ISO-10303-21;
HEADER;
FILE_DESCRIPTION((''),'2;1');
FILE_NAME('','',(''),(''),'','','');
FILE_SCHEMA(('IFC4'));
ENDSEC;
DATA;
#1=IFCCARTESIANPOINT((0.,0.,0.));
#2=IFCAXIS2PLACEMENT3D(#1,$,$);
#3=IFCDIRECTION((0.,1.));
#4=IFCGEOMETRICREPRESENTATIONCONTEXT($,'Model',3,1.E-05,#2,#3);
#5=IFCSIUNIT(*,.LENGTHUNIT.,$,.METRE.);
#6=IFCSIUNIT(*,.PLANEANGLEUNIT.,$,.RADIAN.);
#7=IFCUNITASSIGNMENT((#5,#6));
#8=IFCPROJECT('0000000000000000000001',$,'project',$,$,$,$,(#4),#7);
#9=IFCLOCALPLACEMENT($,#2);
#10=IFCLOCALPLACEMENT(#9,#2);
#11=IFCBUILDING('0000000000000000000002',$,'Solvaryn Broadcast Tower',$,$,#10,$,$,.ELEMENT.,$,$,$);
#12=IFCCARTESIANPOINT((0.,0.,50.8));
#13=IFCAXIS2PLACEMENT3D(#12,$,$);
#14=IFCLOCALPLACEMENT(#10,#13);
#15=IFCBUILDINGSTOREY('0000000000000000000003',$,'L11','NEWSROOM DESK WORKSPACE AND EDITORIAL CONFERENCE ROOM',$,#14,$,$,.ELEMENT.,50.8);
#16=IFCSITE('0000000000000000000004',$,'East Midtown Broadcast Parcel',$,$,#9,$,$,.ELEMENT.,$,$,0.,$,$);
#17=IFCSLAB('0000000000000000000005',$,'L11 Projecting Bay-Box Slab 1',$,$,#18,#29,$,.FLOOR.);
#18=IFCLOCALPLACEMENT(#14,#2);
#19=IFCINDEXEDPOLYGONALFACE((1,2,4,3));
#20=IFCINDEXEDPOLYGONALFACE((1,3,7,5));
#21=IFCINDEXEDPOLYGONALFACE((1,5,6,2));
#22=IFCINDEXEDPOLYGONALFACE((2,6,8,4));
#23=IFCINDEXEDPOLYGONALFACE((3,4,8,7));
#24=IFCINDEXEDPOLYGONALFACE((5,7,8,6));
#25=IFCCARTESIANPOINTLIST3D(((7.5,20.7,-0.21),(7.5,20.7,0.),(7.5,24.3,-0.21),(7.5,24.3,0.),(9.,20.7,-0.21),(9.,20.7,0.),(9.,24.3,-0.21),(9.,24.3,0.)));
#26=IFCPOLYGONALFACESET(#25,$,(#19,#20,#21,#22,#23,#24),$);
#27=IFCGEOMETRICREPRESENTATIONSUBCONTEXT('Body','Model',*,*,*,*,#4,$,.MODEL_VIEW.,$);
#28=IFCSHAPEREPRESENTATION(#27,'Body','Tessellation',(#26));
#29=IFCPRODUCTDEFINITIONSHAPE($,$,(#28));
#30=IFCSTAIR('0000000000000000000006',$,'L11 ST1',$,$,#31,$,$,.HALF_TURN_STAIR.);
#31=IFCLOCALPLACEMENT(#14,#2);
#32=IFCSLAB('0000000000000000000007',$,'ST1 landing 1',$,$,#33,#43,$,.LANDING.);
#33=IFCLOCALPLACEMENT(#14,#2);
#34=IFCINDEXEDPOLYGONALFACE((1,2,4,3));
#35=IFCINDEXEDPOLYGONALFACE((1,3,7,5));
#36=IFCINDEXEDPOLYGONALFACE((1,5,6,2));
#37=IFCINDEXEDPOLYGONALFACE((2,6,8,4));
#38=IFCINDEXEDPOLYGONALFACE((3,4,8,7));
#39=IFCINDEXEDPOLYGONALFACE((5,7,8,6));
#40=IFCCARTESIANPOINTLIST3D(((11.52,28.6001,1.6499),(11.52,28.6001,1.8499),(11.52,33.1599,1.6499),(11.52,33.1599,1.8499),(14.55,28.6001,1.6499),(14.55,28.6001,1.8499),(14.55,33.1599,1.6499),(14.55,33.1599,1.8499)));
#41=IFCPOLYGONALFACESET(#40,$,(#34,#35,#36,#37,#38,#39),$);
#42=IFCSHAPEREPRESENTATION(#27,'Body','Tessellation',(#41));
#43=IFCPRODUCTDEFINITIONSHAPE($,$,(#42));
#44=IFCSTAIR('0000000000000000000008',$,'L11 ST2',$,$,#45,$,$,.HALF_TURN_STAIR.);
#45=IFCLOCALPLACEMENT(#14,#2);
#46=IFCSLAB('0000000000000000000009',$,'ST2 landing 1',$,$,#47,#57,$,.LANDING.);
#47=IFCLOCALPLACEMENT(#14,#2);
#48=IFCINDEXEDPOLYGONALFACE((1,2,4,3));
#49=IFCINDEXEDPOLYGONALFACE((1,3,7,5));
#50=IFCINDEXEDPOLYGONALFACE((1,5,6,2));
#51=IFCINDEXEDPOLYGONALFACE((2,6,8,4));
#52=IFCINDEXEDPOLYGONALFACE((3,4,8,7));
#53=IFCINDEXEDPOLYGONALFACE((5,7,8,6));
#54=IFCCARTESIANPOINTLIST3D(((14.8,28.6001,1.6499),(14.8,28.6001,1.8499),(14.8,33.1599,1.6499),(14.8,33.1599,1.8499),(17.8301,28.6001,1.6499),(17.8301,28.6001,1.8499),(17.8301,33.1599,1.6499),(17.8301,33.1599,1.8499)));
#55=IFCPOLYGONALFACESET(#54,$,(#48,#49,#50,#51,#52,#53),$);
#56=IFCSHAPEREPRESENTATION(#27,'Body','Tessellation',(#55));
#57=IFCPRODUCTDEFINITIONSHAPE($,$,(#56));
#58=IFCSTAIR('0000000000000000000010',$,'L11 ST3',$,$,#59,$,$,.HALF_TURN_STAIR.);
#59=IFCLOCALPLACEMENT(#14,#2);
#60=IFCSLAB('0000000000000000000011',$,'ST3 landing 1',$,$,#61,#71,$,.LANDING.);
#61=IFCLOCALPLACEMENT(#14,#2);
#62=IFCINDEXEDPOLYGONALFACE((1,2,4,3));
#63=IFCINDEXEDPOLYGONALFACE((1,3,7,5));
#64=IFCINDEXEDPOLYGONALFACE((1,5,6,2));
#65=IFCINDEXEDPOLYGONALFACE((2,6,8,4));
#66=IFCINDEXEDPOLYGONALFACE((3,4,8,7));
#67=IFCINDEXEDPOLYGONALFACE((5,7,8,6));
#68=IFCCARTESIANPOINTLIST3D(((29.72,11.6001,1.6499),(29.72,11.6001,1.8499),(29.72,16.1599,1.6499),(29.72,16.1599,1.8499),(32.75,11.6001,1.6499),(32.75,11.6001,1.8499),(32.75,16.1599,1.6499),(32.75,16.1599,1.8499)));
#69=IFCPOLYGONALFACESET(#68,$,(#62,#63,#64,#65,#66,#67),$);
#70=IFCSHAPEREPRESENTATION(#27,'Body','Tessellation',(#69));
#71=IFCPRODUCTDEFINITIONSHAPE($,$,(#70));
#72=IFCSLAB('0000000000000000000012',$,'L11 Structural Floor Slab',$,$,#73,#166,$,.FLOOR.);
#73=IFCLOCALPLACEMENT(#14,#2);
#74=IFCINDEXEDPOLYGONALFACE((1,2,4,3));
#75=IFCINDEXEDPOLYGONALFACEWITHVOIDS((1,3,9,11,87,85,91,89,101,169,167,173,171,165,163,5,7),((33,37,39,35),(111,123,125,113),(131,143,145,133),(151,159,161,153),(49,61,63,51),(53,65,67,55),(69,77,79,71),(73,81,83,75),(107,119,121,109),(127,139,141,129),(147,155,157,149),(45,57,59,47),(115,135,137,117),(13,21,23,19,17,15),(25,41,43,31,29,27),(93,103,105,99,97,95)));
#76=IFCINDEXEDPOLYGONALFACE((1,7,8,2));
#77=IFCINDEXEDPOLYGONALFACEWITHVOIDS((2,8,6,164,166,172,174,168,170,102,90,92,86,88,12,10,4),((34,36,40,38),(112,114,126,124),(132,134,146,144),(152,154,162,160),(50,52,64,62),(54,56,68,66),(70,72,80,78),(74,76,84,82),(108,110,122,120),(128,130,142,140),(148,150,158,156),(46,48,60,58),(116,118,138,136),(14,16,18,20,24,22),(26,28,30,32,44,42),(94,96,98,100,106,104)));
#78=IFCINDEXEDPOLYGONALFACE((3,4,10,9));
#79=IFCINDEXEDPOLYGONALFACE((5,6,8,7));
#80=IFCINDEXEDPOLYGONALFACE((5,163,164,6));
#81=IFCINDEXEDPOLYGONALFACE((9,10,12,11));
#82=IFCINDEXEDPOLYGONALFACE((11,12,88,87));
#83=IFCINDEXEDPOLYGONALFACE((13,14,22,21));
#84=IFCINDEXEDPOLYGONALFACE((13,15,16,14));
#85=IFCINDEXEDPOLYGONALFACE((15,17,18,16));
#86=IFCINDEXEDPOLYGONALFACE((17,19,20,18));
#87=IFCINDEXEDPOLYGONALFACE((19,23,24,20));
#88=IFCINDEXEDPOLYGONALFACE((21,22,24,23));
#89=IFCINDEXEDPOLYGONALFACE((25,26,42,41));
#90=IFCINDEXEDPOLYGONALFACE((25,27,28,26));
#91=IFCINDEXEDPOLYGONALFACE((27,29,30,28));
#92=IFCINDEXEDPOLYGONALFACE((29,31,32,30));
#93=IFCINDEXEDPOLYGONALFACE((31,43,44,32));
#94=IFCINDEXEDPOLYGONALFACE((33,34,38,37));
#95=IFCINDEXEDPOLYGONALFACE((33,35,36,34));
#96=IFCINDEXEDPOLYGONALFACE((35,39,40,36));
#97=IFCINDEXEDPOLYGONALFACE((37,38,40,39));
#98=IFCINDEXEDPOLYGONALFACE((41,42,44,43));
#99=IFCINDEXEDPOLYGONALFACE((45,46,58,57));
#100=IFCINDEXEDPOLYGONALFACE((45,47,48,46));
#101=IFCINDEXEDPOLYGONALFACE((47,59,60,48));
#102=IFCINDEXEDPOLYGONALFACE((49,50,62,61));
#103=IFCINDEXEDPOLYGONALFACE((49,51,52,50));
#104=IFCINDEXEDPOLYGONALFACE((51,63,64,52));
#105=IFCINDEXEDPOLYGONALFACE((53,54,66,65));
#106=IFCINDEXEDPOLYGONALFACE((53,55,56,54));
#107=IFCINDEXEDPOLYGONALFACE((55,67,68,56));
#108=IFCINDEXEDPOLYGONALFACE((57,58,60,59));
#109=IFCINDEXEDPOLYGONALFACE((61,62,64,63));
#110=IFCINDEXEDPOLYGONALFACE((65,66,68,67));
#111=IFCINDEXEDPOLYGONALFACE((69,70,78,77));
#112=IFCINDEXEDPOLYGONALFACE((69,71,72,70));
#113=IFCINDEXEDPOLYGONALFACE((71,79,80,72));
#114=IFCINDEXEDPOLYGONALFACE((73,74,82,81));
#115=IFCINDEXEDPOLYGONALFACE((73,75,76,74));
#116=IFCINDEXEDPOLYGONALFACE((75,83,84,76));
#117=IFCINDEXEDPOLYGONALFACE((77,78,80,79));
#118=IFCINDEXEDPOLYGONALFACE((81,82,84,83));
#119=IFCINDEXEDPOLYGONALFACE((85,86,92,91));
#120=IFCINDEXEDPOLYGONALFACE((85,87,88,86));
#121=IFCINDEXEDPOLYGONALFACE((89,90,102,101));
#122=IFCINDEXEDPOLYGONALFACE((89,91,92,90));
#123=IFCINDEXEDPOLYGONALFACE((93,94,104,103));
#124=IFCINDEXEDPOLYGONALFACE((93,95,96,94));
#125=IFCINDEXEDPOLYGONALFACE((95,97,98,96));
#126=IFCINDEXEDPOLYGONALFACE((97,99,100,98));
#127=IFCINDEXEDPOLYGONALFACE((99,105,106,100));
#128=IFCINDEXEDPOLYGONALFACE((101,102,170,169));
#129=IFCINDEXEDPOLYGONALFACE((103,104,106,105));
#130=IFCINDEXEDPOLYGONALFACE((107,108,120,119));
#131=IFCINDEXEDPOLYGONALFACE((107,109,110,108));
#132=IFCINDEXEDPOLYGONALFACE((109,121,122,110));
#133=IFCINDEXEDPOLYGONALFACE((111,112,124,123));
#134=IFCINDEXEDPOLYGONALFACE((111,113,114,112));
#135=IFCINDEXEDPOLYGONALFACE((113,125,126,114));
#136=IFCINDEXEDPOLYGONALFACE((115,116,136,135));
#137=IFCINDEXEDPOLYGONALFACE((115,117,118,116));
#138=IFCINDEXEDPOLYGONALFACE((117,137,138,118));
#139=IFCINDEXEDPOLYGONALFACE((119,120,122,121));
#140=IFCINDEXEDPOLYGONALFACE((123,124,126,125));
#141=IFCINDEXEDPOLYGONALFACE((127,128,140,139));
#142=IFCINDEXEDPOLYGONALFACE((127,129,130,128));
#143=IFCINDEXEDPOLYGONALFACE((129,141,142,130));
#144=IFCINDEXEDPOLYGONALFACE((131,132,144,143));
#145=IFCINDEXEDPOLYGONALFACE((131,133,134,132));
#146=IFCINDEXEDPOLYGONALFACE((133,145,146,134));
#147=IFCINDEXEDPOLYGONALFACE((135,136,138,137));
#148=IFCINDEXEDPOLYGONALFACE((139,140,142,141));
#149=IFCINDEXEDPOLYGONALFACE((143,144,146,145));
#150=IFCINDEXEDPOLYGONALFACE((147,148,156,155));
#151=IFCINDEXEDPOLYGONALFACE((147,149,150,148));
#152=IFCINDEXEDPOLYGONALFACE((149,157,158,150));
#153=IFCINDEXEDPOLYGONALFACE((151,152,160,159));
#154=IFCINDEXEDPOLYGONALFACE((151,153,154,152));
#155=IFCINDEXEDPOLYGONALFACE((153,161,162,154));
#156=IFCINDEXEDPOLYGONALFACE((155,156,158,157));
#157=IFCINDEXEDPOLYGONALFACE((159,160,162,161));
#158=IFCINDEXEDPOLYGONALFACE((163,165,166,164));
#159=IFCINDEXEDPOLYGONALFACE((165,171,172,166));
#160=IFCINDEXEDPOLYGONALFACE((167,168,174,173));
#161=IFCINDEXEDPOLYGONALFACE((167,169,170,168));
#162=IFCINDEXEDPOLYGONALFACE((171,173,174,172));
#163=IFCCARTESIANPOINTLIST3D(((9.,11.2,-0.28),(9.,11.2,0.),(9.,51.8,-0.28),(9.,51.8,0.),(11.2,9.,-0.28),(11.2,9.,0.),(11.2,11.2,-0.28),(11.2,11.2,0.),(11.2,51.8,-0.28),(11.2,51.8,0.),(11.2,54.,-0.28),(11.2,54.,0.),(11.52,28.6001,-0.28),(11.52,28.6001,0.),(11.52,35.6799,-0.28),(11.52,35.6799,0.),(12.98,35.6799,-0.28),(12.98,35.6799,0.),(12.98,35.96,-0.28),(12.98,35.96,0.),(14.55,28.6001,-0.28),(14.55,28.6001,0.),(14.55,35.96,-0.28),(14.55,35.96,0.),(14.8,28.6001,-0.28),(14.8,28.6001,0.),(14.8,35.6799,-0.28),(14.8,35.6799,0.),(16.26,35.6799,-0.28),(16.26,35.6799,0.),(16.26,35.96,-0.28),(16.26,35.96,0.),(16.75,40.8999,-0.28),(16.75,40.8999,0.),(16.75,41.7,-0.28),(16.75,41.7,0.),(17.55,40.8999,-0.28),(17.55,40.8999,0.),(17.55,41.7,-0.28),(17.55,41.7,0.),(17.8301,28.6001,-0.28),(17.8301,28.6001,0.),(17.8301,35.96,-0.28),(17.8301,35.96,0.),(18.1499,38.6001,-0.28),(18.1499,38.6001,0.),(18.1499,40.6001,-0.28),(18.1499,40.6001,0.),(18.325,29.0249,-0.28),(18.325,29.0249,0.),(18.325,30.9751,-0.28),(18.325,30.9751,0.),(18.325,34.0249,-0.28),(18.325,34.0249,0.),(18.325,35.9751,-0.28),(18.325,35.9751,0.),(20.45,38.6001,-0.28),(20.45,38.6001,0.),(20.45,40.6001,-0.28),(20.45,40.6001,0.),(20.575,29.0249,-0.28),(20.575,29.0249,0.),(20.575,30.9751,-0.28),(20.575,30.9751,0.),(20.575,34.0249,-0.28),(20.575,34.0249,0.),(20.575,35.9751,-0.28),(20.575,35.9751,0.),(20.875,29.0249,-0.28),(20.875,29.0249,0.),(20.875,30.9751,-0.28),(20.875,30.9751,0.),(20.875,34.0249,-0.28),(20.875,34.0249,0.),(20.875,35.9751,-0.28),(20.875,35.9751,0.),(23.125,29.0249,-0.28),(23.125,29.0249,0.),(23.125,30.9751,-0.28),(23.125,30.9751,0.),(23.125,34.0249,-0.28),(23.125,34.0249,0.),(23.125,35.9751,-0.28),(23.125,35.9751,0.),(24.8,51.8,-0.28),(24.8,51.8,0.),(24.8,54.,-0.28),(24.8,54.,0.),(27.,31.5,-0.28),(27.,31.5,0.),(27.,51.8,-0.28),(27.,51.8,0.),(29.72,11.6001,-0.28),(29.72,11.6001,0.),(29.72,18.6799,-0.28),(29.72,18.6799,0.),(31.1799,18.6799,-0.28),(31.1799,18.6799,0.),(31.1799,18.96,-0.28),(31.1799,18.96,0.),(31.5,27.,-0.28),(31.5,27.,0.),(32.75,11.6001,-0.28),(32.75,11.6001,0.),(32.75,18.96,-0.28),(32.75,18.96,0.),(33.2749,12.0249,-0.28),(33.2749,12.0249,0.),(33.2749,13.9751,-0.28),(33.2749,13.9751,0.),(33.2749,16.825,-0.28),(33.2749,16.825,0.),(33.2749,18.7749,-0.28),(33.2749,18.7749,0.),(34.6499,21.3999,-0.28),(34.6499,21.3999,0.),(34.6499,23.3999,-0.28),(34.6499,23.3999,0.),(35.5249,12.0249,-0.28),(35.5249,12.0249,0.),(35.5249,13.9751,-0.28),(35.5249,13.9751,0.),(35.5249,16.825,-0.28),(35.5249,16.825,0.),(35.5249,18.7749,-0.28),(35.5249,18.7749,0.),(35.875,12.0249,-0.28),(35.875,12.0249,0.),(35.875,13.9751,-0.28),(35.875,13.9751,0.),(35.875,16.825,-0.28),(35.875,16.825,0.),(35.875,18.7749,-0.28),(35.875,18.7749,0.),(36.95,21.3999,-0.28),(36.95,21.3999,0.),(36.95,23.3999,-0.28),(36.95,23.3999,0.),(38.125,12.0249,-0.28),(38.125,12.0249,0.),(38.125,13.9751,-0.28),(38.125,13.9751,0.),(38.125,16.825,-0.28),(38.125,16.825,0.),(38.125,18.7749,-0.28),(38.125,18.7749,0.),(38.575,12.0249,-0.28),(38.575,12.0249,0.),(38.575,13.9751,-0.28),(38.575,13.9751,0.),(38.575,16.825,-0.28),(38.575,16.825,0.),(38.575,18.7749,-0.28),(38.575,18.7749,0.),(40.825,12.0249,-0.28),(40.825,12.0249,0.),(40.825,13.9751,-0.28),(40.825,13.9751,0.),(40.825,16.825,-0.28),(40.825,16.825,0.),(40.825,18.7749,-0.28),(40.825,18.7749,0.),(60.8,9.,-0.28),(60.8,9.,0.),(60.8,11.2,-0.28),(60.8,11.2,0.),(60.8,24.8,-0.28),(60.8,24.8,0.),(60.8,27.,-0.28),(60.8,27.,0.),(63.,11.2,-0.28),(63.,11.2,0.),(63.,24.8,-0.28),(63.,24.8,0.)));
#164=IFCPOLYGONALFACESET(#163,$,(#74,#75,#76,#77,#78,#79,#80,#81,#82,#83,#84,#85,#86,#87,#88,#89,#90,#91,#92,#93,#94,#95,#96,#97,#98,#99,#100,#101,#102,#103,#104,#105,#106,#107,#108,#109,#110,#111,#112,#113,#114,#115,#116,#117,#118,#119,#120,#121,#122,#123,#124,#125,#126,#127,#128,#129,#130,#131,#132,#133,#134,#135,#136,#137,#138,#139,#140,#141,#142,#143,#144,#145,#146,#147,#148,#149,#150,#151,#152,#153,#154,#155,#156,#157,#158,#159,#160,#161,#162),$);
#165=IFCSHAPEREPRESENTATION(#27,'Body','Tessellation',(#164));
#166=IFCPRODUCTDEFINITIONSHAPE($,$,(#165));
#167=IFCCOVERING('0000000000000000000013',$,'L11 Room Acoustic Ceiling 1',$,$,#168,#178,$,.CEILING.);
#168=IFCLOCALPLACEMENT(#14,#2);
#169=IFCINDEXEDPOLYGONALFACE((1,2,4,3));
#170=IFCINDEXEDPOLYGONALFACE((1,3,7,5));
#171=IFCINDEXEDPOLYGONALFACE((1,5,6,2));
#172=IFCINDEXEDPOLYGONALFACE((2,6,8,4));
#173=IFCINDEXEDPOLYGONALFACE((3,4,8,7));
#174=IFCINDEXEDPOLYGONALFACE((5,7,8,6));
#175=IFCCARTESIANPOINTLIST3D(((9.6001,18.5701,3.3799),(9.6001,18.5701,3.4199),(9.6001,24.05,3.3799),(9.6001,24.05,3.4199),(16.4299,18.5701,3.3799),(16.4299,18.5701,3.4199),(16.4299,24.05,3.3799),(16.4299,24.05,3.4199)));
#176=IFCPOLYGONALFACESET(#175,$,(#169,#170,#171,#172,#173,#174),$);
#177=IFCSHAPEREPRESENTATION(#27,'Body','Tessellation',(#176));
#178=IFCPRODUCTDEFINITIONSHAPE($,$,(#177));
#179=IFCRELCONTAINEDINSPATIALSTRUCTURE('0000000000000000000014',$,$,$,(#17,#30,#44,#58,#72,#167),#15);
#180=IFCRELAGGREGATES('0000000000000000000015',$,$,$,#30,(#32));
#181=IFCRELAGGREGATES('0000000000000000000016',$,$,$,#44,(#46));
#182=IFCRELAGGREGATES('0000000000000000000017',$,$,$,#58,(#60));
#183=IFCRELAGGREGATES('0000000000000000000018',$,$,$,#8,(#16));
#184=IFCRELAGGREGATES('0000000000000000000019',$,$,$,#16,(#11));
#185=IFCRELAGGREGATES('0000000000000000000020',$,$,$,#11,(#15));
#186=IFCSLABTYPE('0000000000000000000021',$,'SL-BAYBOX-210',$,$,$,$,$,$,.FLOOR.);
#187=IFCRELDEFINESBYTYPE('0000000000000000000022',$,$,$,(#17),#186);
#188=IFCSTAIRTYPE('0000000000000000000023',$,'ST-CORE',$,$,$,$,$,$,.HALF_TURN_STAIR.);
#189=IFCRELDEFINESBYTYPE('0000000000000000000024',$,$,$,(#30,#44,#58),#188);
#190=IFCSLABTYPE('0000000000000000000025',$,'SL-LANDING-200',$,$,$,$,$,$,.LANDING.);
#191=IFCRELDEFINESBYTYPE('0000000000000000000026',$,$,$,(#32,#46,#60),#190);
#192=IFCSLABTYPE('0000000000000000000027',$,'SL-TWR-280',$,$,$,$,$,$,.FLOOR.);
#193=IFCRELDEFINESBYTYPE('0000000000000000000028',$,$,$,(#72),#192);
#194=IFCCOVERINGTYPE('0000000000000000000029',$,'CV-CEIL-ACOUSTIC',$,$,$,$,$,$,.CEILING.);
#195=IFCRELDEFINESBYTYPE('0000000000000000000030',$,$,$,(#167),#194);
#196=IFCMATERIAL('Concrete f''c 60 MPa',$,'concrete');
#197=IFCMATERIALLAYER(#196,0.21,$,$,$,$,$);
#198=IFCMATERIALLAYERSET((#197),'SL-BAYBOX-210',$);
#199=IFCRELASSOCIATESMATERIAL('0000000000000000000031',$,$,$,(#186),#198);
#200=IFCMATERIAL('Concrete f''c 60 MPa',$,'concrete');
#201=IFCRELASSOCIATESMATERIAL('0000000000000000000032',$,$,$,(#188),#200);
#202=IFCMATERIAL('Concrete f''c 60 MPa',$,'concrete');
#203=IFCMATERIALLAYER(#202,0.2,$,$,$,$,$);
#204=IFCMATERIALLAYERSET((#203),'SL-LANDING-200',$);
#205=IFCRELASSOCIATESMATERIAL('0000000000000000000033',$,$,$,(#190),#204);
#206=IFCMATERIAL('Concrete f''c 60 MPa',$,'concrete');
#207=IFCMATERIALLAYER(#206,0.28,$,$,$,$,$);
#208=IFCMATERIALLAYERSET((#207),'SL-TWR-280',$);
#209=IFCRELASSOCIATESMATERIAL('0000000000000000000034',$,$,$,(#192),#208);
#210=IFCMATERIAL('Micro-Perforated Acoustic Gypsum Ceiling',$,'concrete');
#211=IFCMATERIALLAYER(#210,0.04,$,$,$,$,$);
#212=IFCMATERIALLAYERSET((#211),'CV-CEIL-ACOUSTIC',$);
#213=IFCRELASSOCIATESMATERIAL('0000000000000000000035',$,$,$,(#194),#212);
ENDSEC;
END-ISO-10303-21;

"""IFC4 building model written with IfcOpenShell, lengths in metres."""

from ifc_helpers import new_model, si_unit, direction, frame, origin, place, context, subcontext, project, spatial, polyline, outline, extrude, material, layer, layer_set, type_object, element, aggregate, save


model = new_model("IFC4")

# Units and contexts
model_context = context("Model", 3, precision=1e-05, world=origin(), true_north=direction((0.0, 1.0)))
body_context = subcontext(model_context, "Body", "Model", "MODEL_VIEW")
ifc_project = project(units=[si_unit("LENGTHUNIT", "METRE"), si_unit("PLANEANGLEUNIT", "RADIAN")], contexts=[model_context])

# Site, building, storey
site_placement = place(None, origin())
site = spatial("IfcSite", under=ifc_project, at=site_placement, Name="East Midtown Broadcast Parcel", CompositionType="ELEMENT", RefElevation=0.0)
building_placement = place(site_placement, origin())
building = spatial("IfcBuilding", under=site, at=building_placement, Name="Solvaryn Broadcast Tower", CompositionType="ELEMENT")
storey_placement = place(building_placement, frame((0.0, 0.0, 50.8)))
storey = spatial("IfcBuildingStorey", under=building, at=storey_placement, Name="L11", Description="NEWSROOM DESK WORKSPACE AND EDITORIAL CONFERENCE ROOM", CompositionType="ELEMENT", Elevation=50.8)

# Slab
ifc_material_1 = material(Name="Concrete f'c 60 MPa", Category="concrete")
ifc_layer_1 = layer(ifc_material_1, 0.21)
ifc_layer_set_1 = layer_set([ifc_layer_1], Name="SL-BAYBOX-210")
slab_type_1 = type_object("IfcSlabType", Name="SL-BAYBOX-210", PredefinedType="FLOOR", material=ifc_layer_set_1)
slab_1_placement = place(storey_placement, frame((0.0, 0.0, -0.21)))
element("IfcSlab", 1, at=slab_1_placement, inside=storey, type_object=slab_type_1, Name="L11 Projecting Bay-Box Slab 1", PredefinedType="FLOOR", context=body_context, shape_type="SweptSolid", body=[
    extrude(outline(polyline([(7.5, 20.7), (9.0, 20.7), (9.0, 24.3), (7.5, 24.3), (7.5, 20.7)])), origin(), (0.0, 0.0, 1.0), 0.21),
])

# Stairs, slabs
ifc_material_2 = material(Name="Concrete f'c 60 MPa", Category="concrete")
stair_type = type_object("IfcStairType", Name="ST-CORE", PredefinedType="HALF_TURN_STAIR", material=ifc_material_2)
stair_1_placement = place(storey_placement, origin())
stair_1 = element("IfcStair", 2, at=stair_1_placement, inside=storey, type_object=stair_type, Name="L11 ST1", PredefinedType="HALF_TURN_STAIR")
ifc_material_3 = material(Name="Concrete f'c 60 MPa", Category="concrete")
ifc_layer_2 = layer(ifc_material_3, 0.2)
ifc_layer_set_2 = layer_set([ifc_layer_2], Name="SL-LANDING-200")
slab_type_2 = type_object("IfcSlabType", Name="SL-LANDING-200", PredefinedType="LANDING", material=ifc_layer_set_2)
slab_2_placement = place(storey_placement, frame((0.0, 0.0, 1.6499)))
slab_2 = element("IfcSlab", 3, at=slab_2_placement, type_object=slab_type_2, Name="ST1 landing 1", PredefinedType="LANDING", context=body_context, shape_type="SweptSolid", body=[
    extrude(outline(polyline([(11.52, 33.1599), (11.52, 28.6001), (14.55, 28.6001), (14.55, 33.1599), (11.52, 33.1599)])), origin(), (0.0, 0.0, 1.0), 0.2),
])
aggregate(stair_1, [slab_2])
stair_2_placement = place(storey_placement, origin())
stair_2 = element("IfcStair", 4, at=stair_2_placement, inside=storey, type_object=stair_type, Name="L11 ST2", PredefinedType="HALF_TURN_STAIR")
slab_3_placement = place(storey_placement, frame((0.0, 0.0, 1.6499)))
slab_3 = element("IfcSlab", 5, at=slab_3_placement, type_object=slab_type_2, Name="ST2 landing 1", PredefinedType="LANDING", context=body_context, shape_type="SweptSolid", body=[
    extrude(outline(polyline([(14.8, 33.1599), (14.8, 28.6001), (17.8301, 28.6001), (17.8301, 33.1599), (14.8, 33.1599)])), origin(), (0.0, 0.0, 1.0), 0.2),
])
aggregate(stair_2, [slab_3])
stair_3_placement = place(storey_placement, origin())
stair_3 = element("IfcStair", 6, at=stair_3_placement, inside=storey, type_object=stair_type, Name="L11 ST3", PredefinedType="HALF_TURN_STAIR")
slab_4_placement = place(storey_placement, frame((0.0, 0.0, 1.6499)))
slab_4 = element("IfcSlab", 7, at=slab_4_placement, type_object=slab_type_2, Name="ST3 landing 1", PredefinedType="LANDING", context=body_context, shape_type="SweptSolid", body=[
    extrude(outline(polyline([(29.72, 16.1599), (29.72, 11.6001), (32.75, 11.6001), (32.75, 16.1599), (29.72, 16.1599)])), origin(), (0.0, 0.0, 1.0), 0.2),
])
aggregate(stair_3, [slab_4])

# Slab
ifc_material_4 = material(Name="Concrete f'c 60 MPa", Category="concrete")
ifc_layer_3 = layer(ifc_material_4, 0.28)
ifc_layer_set_3 = layer_set([ifc_layer_3], Name="SL-TWR-280")
slab_type_3 = type_object("IfcSlabType", Name="SL-TWR-280", PredefinedType="FLOOR", material=ifc_layer_set_3)
slab_5_placement = place(storey_placement, frame((0.0, 0.0, -0.28)))
element("IfcSlab", 8, at=slab_5_placement, inside=storey, type_object=slab_type_3, Name="L11 Structural Floor Slab", PredefinedType="FLOOR", context=body_context, shape_type="SweptSolid", body=[
    extrude(outline(polyline([(11.2, 9.0), (60.8, 9.0), (60.8, 11.2), (63.0, 11.2), (63.0, 24.8), (60.8, 24.8), (60.8, 27.0), (31.5, 27.0), (27.0, 31.5), (27.0, 51.8), (24.8, 51.8), (24.8, 54.0), (11.2, 54.0), (11.2, 51.8), (9.0, 51.8), (9.0, 11.2), (11.2, 11.2), (11.2, 9.0)]), holes=[polyline([(11.52, 28.6001), (14.55, 28.6001), (14.55, 35.96), (12.98, 35.96), (12.98, 35.6799), (11.52, 35.6799), (11.52, 28.6001)]), polyline([(14.8, 28.6001), (17.8301, 28.6001), (17.8301, 35.96), (16.26, 35.96), (16.26, 35.6799), (14.8, 35.6799), (14.8, 28.6001)]), polyline([(29.72, 11.6001), (32.75, 11.6001), (32.75, 18.96), (31.1799, 18.96), (31.1799, 18.6799), (29.72, 18.6799), (29.72, 11.6001)]), polyline([(18.1499, 38.6001), (20.45, 38.6001), (20.45, 40.6001), (18.1499, 40.6001), (18.1499, 38.6001)]), polyline([(18.325, 29.0249), (20.575, 29.0249), (20.575, 30.9751), (18.325, 30.9751), (18.325, 29.0249)]), polyline([(20.875, 29.0249), (23.125, 29.0249), (23.125, 30.9751), (20.875, 30.9751), (20.875, 29.0249)]), polyline([(18.325, 34.0249), (20.575, 34.0249), (20.575, 35.9751), (18.325, 35.9751), (18.325, 34.0249)]), polyline([(20.875, 34.0249), (23.125, 34.0249), (23.125, 35.9751), (20.875, 35.9751), (20.875, 34.0249)]), polyline([(34.6499, 21.3999), (36.95, 21.3999), (36.95, 23.3999), (34.6499, 23.3999), (34.6499, 21.3999)]), polyline([(33.2749, 12.0249), (35.5249, 12.0249), (35.5249, 13.9751), (33.2749, 13.9751), (33.2749, 12.0249)]), polyline([(35.875, 12.0249), (38.125, 12.0249), (38.125, 13.9751), (35.875, 13.9751), (35.875, 12.0249)]), polyline([(33.2749, 16.825), (35.5249, 16.825), (35.5249, 18.7749), (33.2749, 18.7749), (33.2749, 16.825)]), polyline([(35.875, 16.825), (38.125, 16.825), (38.125, 18.7749), (35.875, 18.7749), (35.875, 16.825)]), polyline([(38.575, 12.0249), (40.825, 12.0249), (40.825, 13.9751), (38.575, 13.9751), (38.575, 12.0249)]), polyline([(38.575, 16.825), (40.825, 16.825), (40.825, 18.7749), (38.575, 18.7749), (38.575, 16.825)]), polyline([(16.75, 40.8999), (17.55, 40.8999), (17.55, 41.7), (16.75, 41.7), (16.75, 40.8999)])]), origin(), (0.0, 0.0, 1.0), 0.28),
])

# Covering
ifc_material_5 = material(Name="Micro-Perforated Acoustic Gypsum Ceiling", Category="concrete")
ifc_layer_4 = layer(ifc_material_5, 0.04)
ifc_layer_set_4 = layer_set([ifc_layer_4], Name="CV-CEIL-ACOUSTIC")
covering_type_1 = type_object("IfcCoveringType", Name="CV-CEIL-ACOUSTIC", PredefinedType="CEILING", material=ifc_layer_set_4)
covering_1_placement = place(storey_placement, frame((0.0, 0.0, 3.3799)))
element("IfcCovering", 9, at=covering_1_placement, inside=storey, type_object=covering_type_1, Name="L11 Room Acoustic Ceiling 1", PredefinedType="CEILING", context=body_context, shape_type="SweptSolid", body=[
    extrude(outline(polyline([(9.6001, 18.5701), (16.4299, 18.5701), (16.4299, 24.05), (9.6001, 24.05), (9.6001, 18.5701)])), origin(), (0.0, 0.0, 1.0), 0.04),
])

save(model, "model.ifc")
